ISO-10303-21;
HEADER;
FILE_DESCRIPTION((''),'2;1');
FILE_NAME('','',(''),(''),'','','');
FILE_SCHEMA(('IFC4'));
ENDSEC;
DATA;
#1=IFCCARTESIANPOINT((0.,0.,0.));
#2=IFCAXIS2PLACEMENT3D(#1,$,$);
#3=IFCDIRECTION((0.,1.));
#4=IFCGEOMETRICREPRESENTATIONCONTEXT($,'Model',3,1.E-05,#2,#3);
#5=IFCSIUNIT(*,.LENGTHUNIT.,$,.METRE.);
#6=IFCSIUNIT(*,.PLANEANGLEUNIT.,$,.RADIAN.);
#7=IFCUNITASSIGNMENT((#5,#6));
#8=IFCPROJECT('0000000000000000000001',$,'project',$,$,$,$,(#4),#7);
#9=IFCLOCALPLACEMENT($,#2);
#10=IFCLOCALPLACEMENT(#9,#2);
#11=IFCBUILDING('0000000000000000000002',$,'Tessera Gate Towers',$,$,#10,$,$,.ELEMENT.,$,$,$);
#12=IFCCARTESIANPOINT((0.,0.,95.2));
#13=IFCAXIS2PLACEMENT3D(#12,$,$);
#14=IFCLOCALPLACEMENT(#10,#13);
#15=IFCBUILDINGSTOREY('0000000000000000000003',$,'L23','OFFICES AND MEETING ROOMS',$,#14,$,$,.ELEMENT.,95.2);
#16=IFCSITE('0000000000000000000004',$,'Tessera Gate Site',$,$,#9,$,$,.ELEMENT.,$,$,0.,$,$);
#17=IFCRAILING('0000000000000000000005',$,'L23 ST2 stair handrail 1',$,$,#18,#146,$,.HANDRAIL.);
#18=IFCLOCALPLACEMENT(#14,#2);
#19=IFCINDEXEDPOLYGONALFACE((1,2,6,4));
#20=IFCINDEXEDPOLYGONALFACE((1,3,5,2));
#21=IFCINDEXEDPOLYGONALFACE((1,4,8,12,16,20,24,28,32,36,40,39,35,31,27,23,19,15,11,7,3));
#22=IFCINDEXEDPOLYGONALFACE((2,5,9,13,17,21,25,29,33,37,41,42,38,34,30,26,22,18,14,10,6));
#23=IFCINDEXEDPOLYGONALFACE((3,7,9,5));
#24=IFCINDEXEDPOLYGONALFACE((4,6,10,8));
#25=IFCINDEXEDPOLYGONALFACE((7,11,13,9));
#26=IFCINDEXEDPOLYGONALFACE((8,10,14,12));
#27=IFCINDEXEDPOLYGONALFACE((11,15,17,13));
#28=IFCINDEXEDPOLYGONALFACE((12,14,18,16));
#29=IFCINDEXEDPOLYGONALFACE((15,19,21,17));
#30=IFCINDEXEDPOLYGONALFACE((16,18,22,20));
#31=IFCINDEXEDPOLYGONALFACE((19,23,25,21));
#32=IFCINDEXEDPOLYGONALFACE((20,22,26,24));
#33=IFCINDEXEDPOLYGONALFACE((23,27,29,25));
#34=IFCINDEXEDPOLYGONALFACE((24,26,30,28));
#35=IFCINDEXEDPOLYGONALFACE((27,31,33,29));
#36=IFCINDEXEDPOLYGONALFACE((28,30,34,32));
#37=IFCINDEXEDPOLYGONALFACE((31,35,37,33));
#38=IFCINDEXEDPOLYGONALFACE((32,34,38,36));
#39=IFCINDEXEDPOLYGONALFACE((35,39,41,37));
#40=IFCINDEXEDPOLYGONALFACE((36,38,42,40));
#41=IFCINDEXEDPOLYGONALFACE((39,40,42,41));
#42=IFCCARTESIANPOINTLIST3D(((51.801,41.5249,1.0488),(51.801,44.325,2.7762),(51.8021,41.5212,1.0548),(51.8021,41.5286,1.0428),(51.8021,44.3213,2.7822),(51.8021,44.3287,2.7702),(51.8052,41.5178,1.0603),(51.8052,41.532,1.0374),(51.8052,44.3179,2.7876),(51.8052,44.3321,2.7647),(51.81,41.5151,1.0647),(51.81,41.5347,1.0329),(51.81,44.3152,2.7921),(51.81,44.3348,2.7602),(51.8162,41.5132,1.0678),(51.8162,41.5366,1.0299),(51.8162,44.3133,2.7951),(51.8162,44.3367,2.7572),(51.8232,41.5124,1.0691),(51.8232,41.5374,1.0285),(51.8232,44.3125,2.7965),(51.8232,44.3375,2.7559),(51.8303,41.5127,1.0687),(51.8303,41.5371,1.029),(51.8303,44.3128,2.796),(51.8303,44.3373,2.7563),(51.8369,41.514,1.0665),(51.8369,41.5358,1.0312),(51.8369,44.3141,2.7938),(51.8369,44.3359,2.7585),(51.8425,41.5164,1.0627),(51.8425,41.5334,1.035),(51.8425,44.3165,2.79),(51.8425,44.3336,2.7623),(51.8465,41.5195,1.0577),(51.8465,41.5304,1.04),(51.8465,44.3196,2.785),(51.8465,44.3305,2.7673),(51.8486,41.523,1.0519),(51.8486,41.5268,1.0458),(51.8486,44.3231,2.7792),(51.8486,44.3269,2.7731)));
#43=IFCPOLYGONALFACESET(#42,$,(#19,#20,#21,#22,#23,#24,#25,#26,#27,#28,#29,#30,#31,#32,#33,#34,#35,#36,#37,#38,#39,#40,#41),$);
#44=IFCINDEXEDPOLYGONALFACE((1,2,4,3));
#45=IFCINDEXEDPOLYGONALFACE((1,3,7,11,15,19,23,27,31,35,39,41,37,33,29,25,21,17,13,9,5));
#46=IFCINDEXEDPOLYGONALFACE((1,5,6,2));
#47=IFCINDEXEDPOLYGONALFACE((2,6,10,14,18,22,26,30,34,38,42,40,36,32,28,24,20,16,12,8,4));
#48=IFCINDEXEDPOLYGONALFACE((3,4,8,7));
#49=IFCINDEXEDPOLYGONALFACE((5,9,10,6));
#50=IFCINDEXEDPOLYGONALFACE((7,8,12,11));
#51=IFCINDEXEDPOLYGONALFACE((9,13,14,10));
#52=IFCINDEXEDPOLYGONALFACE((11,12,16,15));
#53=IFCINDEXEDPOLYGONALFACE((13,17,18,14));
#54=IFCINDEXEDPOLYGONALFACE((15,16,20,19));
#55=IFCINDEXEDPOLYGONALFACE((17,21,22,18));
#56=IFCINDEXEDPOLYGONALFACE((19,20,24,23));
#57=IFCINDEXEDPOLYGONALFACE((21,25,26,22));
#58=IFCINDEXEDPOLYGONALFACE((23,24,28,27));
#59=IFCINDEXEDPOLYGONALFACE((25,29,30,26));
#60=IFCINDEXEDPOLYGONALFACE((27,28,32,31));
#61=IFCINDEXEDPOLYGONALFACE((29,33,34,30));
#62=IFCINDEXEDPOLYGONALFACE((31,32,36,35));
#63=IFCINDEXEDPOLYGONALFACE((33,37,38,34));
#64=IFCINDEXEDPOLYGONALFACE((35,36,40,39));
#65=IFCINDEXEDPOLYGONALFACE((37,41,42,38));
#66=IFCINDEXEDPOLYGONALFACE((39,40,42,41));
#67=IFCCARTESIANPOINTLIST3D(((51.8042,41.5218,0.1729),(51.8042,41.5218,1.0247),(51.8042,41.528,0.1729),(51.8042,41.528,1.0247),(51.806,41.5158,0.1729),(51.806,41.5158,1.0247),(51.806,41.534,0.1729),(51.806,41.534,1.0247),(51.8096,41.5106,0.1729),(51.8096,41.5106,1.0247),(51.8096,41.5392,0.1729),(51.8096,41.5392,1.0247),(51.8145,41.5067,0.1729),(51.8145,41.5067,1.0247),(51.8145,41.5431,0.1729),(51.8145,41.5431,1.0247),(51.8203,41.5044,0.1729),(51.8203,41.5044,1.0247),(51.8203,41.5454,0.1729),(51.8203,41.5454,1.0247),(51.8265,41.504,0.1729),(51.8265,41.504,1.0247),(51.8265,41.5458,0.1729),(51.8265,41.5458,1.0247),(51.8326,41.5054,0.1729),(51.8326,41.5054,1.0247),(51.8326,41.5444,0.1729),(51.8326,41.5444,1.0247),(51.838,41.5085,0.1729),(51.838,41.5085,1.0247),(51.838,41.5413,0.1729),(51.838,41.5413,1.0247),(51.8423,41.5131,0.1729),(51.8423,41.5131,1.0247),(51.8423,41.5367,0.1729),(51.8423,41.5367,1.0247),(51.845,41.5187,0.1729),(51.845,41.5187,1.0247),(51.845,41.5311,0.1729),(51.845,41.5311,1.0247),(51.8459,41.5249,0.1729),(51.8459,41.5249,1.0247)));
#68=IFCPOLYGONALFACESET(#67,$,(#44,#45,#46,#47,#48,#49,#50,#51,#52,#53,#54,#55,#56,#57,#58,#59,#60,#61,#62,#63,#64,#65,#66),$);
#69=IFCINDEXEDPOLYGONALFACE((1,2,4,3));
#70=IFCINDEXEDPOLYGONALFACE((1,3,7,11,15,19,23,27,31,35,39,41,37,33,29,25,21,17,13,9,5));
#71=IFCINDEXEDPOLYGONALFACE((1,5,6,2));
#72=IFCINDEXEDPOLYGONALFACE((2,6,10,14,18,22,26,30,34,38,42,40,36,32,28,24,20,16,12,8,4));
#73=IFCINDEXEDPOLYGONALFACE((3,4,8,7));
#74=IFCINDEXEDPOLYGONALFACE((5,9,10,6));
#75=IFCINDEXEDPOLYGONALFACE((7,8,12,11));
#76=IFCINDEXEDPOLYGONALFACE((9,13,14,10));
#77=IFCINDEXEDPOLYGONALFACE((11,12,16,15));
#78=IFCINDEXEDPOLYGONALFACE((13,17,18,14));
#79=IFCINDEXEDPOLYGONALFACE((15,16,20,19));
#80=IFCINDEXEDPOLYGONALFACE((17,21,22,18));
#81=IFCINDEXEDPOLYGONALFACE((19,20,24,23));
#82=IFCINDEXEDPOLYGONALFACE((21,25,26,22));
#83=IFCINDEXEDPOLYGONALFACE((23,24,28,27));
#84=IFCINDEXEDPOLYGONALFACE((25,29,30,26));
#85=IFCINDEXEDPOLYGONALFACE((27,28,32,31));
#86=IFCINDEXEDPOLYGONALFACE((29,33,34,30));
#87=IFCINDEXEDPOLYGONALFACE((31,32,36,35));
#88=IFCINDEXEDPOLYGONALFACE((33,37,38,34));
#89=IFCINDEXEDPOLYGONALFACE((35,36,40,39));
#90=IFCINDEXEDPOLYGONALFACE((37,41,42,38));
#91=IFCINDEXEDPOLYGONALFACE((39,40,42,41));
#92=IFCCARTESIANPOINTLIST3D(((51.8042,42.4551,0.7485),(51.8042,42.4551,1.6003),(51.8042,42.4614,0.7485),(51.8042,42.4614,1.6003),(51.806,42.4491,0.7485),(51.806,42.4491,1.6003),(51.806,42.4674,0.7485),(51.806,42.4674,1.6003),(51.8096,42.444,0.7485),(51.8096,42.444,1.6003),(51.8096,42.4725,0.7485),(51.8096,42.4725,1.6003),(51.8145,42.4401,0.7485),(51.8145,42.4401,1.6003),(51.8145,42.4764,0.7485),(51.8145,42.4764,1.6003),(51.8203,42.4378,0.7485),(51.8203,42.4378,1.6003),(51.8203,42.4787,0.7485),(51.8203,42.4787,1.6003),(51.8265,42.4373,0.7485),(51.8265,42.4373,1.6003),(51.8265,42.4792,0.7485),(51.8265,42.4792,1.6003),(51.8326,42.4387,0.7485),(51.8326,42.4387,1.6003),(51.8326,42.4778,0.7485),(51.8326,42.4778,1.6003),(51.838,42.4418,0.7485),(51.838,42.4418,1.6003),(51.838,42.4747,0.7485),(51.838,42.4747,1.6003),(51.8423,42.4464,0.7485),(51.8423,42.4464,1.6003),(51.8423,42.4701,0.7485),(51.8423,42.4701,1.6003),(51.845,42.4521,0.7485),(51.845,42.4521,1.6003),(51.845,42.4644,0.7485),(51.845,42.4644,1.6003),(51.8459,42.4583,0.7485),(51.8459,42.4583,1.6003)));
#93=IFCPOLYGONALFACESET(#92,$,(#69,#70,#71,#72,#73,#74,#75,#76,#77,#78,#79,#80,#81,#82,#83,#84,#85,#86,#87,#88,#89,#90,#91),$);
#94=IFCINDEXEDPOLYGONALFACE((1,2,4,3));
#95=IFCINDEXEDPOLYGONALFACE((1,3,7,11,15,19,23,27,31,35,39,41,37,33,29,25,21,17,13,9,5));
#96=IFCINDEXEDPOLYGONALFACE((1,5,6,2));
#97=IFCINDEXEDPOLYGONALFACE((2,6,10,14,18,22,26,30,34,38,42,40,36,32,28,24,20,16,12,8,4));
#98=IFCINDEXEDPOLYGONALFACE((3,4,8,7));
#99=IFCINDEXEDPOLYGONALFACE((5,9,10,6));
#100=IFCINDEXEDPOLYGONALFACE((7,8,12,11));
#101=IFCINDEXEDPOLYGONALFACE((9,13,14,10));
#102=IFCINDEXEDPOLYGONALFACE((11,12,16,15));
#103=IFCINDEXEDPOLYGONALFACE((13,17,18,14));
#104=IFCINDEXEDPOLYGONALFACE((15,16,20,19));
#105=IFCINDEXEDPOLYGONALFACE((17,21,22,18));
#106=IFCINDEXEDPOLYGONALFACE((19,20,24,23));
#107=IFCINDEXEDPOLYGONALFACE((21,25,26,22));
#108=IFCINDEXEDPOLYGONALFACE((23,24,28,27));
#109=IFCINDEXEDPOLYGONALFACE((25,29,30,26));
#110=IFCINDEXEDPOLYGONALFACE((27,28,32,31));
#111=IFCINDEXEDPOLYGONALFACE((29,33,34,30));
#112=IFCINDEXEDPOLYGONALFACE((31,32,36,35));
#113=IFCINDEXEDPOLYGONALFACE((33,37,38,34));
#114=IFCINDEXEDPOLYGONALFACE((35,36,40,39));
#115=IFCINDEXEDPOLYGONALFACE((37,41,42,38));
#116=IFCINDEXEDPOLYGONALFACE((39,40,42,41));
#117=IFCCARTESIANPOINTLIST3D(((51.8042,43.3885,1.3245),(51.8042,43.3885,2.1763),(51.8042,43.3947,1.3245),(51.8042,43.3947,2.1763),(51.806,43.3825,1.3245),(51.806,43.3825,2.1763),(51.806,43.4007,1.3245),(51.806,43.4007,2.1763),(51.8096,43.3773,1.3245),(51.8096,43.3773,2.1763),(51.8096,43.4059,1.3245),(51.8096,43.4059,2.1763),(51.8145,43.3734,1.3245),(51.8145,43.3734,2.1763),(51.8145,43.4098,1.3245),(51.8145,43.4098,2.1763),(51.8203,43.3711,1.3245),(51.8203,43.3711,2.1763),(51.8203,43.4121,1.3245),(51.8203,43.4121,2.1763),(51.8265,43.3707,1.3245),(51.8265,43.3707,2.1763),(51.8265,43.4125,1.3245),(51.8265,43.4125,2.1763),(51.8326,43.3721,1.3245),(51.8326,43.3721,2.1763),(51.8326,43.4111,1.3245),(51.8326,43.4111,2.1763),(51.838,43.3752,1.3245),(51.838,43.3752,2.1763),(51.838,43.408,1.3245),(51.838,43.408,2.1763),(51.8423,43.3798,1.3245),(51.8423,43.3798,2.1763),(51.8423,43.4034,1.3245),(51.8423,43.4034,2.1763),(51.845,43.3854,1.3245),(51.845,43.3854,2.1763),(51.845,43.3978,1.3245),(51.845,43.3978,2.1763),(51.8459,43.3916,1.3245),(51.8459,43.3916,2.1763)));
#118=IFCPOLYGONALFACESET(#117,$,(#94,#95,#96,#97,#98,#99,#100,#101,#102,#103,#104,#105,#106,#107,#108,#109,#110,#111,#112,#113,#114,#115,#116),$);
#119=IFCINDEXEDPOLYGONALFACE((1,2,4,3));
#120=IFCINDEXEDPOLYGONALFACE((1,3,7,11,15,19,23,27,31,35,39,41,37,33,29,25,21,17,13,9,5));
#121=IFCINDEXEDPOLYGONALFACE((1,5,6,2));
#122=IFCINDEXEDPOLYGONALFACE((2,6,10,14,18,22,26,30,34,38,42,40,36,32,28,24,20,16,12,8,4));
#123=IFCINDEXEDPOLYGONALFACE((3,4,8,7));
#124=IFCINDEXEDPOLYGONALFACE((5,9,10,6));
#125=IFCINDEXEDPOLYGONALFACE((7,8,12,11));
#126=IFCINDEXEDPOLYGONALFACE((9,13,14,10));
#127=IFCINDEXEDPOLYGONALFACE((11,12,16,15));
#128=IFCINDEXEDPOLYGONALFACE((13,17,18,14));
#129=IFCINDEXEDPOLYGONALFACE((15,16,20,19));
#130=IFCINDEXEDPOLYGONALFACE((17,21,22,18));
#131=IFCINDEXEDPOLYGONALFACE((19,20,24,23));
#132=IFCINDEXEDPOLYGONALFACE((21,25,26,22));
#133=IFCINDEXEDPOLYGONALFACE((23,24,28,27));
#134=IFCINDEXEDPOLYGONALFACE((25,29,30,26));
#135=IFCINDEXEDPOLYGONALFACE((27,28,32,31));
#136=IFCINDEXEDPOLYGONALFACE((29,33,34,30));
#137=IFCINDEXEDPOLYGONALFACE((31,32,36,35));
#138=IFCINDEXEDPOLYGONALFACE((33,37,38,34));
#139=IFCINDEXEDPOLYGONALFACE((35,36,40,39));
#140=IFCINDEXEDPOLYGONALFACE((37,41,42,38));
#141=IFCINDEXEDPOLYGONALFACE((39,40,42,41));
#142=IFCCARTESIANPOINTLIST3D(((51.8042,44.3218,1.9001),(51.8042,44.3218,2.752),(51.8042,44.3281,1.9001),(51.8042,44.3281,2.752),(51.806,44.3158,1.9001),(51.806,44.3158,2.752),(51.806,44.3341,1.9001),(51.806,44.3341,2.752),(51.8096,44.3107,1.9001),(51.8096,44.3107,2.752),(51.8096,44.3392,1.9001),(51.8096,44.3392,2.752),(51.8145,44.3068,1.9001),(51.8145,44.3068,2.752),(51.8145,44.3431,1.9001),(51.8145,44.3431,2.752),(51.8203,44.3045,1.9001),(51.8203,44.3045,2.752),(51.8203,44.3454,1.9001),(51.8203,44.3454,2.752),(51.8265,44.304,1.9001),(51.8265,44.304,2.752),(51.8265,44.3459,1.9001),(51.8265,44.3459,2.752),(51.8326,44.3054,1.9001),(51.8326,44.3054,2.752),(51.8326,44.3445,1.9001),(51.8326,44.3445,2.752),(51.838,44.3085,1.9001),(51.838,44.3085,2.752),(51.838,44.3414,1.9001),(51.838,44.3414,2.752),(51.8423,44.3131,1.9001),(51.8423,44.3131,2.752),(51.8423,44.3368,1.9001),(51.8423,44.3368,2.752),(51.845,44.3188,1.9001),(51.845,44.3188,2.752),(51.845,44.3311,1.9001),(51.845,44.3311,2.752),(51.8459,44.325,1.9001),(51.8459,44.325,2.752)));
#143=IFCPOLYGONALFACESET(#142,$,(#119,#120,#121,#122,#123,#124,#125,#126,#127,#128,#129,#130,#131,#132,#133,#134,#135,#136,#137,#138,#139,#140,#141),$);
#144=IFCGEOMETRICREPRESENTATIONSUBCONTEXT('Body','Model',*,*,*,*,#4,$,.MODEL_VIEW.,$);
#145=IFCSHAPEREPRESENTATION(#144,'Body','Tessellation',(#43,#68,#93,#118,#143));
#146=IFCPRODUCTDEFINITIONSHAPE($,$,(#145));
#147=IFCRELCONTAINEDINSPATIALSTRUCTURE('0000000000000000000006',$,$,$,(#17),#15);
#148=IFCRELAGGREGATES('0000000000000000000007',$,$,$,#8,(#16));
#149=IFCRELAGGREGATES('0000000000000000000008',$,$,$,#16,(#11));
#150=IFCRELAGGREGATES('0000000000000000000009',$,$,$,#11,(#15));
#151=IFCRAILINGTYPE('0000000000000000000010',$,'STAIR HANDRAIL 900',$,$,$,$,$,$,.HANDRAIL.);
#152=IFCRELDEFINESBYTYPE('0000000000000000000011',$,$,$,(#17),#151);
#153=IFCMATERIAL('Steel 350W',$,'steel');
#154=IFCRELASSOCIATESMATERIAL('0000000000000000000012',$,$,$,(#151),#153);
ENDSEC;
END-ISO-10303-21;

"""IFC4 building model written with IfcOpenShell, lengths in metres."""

from ifc_helpers import new_model, si_unit, direction, frame, origin, origin_2d, place, context, subcontext, project, spatial, circle, extrude, material, type_object, element, save


model = new_model("IFC4")

# Units and contexts
model_context = context("Model", 3, precision=1e-05, world=origin(), true_north=direction((0.0, 1.0)))
body_context = subcontext(model_context, "Body", "Model", "MODEL_VIEW")
ifc_project = project(units=[si_unit("LENGTHUNIT", "METRE"), si_unit("PLANEANGLEUNIT", "RADIAN")], contexts=[model_context])

# Site, building, storey
site_placement = place(None, origin())
site = spatial("IfcSite", under=ifc_project, at=site_placement, Name="Tessera Gate Site", CompositionType="ELEMENT", RefElevation=0.0)
building_placement = place(site_placement, origin())
building = spatial("IfcBuilding", under=site, at=building_placement, Name="Tessera Gate Towers", CompositionType="ELEMENT")
storey_placement = place(building_placement, frame((0.0, 0.0, 95.2)))
storey = spatial("IfcBuildingStorey", under=building, at=storey_placement, Name="L23", Description="OFFICES AND MEETING ROOMS", CompositionType="ELEMENT", Elevation=95.2)

# Railing
ifc_material_1 = material(Name="Steel 350W", Category="steel")
railing_type_1 = type_object("IfcRailingType", Name="STAIR HANDRAIL 900", PredefinedType="HANDRAIL", material=ifc_material_1)
railing_1_placement = place(storey_placement, frame((51.825, 41.5249, 0.1729)))
element("IfcRailing", 1, at=railing_1_placement, inside=storey, type_object=railing_type_1, Name="L23 ST2 stair handrail 1", PredefinedType="HANDRAIL", context=body_context, shape_type="SweptSolid", body=[
    extrude(circle(Radius=0.0239, at=origin_2d()), frame((0.0, 0.0, 0.876), z_axis=(0.0, 0.85109, 0.52502), x_axis=(-1.0, 0.0, 0.0)), (0.0, 0.0, 1.0), 3.29),
    extrude(circle(Radius=0.021, at=origin_2d()), origin(), (0.0, 0.0, 1.0), 0.8518),
    extrude(circle(Radius=0.021, at=origin_2d()), frame((0.0, 0.9333, 0.5757)), (0.0, 0.0, 1.0), 0.8518),
    extrude(circle(Radius=0.021, at=origin_2d()), frame((0.0, 1.8667, 1.1516)), (0.0, 0.0, 1.0), 0.8518),
    extrude(circle(Radius=0.021, at=origin_2d()), frame((0.0, 2.8, 1.7273)), (0.0, 0.0, 1.0), 0.8518),
])

save(model, "model.ifc")
